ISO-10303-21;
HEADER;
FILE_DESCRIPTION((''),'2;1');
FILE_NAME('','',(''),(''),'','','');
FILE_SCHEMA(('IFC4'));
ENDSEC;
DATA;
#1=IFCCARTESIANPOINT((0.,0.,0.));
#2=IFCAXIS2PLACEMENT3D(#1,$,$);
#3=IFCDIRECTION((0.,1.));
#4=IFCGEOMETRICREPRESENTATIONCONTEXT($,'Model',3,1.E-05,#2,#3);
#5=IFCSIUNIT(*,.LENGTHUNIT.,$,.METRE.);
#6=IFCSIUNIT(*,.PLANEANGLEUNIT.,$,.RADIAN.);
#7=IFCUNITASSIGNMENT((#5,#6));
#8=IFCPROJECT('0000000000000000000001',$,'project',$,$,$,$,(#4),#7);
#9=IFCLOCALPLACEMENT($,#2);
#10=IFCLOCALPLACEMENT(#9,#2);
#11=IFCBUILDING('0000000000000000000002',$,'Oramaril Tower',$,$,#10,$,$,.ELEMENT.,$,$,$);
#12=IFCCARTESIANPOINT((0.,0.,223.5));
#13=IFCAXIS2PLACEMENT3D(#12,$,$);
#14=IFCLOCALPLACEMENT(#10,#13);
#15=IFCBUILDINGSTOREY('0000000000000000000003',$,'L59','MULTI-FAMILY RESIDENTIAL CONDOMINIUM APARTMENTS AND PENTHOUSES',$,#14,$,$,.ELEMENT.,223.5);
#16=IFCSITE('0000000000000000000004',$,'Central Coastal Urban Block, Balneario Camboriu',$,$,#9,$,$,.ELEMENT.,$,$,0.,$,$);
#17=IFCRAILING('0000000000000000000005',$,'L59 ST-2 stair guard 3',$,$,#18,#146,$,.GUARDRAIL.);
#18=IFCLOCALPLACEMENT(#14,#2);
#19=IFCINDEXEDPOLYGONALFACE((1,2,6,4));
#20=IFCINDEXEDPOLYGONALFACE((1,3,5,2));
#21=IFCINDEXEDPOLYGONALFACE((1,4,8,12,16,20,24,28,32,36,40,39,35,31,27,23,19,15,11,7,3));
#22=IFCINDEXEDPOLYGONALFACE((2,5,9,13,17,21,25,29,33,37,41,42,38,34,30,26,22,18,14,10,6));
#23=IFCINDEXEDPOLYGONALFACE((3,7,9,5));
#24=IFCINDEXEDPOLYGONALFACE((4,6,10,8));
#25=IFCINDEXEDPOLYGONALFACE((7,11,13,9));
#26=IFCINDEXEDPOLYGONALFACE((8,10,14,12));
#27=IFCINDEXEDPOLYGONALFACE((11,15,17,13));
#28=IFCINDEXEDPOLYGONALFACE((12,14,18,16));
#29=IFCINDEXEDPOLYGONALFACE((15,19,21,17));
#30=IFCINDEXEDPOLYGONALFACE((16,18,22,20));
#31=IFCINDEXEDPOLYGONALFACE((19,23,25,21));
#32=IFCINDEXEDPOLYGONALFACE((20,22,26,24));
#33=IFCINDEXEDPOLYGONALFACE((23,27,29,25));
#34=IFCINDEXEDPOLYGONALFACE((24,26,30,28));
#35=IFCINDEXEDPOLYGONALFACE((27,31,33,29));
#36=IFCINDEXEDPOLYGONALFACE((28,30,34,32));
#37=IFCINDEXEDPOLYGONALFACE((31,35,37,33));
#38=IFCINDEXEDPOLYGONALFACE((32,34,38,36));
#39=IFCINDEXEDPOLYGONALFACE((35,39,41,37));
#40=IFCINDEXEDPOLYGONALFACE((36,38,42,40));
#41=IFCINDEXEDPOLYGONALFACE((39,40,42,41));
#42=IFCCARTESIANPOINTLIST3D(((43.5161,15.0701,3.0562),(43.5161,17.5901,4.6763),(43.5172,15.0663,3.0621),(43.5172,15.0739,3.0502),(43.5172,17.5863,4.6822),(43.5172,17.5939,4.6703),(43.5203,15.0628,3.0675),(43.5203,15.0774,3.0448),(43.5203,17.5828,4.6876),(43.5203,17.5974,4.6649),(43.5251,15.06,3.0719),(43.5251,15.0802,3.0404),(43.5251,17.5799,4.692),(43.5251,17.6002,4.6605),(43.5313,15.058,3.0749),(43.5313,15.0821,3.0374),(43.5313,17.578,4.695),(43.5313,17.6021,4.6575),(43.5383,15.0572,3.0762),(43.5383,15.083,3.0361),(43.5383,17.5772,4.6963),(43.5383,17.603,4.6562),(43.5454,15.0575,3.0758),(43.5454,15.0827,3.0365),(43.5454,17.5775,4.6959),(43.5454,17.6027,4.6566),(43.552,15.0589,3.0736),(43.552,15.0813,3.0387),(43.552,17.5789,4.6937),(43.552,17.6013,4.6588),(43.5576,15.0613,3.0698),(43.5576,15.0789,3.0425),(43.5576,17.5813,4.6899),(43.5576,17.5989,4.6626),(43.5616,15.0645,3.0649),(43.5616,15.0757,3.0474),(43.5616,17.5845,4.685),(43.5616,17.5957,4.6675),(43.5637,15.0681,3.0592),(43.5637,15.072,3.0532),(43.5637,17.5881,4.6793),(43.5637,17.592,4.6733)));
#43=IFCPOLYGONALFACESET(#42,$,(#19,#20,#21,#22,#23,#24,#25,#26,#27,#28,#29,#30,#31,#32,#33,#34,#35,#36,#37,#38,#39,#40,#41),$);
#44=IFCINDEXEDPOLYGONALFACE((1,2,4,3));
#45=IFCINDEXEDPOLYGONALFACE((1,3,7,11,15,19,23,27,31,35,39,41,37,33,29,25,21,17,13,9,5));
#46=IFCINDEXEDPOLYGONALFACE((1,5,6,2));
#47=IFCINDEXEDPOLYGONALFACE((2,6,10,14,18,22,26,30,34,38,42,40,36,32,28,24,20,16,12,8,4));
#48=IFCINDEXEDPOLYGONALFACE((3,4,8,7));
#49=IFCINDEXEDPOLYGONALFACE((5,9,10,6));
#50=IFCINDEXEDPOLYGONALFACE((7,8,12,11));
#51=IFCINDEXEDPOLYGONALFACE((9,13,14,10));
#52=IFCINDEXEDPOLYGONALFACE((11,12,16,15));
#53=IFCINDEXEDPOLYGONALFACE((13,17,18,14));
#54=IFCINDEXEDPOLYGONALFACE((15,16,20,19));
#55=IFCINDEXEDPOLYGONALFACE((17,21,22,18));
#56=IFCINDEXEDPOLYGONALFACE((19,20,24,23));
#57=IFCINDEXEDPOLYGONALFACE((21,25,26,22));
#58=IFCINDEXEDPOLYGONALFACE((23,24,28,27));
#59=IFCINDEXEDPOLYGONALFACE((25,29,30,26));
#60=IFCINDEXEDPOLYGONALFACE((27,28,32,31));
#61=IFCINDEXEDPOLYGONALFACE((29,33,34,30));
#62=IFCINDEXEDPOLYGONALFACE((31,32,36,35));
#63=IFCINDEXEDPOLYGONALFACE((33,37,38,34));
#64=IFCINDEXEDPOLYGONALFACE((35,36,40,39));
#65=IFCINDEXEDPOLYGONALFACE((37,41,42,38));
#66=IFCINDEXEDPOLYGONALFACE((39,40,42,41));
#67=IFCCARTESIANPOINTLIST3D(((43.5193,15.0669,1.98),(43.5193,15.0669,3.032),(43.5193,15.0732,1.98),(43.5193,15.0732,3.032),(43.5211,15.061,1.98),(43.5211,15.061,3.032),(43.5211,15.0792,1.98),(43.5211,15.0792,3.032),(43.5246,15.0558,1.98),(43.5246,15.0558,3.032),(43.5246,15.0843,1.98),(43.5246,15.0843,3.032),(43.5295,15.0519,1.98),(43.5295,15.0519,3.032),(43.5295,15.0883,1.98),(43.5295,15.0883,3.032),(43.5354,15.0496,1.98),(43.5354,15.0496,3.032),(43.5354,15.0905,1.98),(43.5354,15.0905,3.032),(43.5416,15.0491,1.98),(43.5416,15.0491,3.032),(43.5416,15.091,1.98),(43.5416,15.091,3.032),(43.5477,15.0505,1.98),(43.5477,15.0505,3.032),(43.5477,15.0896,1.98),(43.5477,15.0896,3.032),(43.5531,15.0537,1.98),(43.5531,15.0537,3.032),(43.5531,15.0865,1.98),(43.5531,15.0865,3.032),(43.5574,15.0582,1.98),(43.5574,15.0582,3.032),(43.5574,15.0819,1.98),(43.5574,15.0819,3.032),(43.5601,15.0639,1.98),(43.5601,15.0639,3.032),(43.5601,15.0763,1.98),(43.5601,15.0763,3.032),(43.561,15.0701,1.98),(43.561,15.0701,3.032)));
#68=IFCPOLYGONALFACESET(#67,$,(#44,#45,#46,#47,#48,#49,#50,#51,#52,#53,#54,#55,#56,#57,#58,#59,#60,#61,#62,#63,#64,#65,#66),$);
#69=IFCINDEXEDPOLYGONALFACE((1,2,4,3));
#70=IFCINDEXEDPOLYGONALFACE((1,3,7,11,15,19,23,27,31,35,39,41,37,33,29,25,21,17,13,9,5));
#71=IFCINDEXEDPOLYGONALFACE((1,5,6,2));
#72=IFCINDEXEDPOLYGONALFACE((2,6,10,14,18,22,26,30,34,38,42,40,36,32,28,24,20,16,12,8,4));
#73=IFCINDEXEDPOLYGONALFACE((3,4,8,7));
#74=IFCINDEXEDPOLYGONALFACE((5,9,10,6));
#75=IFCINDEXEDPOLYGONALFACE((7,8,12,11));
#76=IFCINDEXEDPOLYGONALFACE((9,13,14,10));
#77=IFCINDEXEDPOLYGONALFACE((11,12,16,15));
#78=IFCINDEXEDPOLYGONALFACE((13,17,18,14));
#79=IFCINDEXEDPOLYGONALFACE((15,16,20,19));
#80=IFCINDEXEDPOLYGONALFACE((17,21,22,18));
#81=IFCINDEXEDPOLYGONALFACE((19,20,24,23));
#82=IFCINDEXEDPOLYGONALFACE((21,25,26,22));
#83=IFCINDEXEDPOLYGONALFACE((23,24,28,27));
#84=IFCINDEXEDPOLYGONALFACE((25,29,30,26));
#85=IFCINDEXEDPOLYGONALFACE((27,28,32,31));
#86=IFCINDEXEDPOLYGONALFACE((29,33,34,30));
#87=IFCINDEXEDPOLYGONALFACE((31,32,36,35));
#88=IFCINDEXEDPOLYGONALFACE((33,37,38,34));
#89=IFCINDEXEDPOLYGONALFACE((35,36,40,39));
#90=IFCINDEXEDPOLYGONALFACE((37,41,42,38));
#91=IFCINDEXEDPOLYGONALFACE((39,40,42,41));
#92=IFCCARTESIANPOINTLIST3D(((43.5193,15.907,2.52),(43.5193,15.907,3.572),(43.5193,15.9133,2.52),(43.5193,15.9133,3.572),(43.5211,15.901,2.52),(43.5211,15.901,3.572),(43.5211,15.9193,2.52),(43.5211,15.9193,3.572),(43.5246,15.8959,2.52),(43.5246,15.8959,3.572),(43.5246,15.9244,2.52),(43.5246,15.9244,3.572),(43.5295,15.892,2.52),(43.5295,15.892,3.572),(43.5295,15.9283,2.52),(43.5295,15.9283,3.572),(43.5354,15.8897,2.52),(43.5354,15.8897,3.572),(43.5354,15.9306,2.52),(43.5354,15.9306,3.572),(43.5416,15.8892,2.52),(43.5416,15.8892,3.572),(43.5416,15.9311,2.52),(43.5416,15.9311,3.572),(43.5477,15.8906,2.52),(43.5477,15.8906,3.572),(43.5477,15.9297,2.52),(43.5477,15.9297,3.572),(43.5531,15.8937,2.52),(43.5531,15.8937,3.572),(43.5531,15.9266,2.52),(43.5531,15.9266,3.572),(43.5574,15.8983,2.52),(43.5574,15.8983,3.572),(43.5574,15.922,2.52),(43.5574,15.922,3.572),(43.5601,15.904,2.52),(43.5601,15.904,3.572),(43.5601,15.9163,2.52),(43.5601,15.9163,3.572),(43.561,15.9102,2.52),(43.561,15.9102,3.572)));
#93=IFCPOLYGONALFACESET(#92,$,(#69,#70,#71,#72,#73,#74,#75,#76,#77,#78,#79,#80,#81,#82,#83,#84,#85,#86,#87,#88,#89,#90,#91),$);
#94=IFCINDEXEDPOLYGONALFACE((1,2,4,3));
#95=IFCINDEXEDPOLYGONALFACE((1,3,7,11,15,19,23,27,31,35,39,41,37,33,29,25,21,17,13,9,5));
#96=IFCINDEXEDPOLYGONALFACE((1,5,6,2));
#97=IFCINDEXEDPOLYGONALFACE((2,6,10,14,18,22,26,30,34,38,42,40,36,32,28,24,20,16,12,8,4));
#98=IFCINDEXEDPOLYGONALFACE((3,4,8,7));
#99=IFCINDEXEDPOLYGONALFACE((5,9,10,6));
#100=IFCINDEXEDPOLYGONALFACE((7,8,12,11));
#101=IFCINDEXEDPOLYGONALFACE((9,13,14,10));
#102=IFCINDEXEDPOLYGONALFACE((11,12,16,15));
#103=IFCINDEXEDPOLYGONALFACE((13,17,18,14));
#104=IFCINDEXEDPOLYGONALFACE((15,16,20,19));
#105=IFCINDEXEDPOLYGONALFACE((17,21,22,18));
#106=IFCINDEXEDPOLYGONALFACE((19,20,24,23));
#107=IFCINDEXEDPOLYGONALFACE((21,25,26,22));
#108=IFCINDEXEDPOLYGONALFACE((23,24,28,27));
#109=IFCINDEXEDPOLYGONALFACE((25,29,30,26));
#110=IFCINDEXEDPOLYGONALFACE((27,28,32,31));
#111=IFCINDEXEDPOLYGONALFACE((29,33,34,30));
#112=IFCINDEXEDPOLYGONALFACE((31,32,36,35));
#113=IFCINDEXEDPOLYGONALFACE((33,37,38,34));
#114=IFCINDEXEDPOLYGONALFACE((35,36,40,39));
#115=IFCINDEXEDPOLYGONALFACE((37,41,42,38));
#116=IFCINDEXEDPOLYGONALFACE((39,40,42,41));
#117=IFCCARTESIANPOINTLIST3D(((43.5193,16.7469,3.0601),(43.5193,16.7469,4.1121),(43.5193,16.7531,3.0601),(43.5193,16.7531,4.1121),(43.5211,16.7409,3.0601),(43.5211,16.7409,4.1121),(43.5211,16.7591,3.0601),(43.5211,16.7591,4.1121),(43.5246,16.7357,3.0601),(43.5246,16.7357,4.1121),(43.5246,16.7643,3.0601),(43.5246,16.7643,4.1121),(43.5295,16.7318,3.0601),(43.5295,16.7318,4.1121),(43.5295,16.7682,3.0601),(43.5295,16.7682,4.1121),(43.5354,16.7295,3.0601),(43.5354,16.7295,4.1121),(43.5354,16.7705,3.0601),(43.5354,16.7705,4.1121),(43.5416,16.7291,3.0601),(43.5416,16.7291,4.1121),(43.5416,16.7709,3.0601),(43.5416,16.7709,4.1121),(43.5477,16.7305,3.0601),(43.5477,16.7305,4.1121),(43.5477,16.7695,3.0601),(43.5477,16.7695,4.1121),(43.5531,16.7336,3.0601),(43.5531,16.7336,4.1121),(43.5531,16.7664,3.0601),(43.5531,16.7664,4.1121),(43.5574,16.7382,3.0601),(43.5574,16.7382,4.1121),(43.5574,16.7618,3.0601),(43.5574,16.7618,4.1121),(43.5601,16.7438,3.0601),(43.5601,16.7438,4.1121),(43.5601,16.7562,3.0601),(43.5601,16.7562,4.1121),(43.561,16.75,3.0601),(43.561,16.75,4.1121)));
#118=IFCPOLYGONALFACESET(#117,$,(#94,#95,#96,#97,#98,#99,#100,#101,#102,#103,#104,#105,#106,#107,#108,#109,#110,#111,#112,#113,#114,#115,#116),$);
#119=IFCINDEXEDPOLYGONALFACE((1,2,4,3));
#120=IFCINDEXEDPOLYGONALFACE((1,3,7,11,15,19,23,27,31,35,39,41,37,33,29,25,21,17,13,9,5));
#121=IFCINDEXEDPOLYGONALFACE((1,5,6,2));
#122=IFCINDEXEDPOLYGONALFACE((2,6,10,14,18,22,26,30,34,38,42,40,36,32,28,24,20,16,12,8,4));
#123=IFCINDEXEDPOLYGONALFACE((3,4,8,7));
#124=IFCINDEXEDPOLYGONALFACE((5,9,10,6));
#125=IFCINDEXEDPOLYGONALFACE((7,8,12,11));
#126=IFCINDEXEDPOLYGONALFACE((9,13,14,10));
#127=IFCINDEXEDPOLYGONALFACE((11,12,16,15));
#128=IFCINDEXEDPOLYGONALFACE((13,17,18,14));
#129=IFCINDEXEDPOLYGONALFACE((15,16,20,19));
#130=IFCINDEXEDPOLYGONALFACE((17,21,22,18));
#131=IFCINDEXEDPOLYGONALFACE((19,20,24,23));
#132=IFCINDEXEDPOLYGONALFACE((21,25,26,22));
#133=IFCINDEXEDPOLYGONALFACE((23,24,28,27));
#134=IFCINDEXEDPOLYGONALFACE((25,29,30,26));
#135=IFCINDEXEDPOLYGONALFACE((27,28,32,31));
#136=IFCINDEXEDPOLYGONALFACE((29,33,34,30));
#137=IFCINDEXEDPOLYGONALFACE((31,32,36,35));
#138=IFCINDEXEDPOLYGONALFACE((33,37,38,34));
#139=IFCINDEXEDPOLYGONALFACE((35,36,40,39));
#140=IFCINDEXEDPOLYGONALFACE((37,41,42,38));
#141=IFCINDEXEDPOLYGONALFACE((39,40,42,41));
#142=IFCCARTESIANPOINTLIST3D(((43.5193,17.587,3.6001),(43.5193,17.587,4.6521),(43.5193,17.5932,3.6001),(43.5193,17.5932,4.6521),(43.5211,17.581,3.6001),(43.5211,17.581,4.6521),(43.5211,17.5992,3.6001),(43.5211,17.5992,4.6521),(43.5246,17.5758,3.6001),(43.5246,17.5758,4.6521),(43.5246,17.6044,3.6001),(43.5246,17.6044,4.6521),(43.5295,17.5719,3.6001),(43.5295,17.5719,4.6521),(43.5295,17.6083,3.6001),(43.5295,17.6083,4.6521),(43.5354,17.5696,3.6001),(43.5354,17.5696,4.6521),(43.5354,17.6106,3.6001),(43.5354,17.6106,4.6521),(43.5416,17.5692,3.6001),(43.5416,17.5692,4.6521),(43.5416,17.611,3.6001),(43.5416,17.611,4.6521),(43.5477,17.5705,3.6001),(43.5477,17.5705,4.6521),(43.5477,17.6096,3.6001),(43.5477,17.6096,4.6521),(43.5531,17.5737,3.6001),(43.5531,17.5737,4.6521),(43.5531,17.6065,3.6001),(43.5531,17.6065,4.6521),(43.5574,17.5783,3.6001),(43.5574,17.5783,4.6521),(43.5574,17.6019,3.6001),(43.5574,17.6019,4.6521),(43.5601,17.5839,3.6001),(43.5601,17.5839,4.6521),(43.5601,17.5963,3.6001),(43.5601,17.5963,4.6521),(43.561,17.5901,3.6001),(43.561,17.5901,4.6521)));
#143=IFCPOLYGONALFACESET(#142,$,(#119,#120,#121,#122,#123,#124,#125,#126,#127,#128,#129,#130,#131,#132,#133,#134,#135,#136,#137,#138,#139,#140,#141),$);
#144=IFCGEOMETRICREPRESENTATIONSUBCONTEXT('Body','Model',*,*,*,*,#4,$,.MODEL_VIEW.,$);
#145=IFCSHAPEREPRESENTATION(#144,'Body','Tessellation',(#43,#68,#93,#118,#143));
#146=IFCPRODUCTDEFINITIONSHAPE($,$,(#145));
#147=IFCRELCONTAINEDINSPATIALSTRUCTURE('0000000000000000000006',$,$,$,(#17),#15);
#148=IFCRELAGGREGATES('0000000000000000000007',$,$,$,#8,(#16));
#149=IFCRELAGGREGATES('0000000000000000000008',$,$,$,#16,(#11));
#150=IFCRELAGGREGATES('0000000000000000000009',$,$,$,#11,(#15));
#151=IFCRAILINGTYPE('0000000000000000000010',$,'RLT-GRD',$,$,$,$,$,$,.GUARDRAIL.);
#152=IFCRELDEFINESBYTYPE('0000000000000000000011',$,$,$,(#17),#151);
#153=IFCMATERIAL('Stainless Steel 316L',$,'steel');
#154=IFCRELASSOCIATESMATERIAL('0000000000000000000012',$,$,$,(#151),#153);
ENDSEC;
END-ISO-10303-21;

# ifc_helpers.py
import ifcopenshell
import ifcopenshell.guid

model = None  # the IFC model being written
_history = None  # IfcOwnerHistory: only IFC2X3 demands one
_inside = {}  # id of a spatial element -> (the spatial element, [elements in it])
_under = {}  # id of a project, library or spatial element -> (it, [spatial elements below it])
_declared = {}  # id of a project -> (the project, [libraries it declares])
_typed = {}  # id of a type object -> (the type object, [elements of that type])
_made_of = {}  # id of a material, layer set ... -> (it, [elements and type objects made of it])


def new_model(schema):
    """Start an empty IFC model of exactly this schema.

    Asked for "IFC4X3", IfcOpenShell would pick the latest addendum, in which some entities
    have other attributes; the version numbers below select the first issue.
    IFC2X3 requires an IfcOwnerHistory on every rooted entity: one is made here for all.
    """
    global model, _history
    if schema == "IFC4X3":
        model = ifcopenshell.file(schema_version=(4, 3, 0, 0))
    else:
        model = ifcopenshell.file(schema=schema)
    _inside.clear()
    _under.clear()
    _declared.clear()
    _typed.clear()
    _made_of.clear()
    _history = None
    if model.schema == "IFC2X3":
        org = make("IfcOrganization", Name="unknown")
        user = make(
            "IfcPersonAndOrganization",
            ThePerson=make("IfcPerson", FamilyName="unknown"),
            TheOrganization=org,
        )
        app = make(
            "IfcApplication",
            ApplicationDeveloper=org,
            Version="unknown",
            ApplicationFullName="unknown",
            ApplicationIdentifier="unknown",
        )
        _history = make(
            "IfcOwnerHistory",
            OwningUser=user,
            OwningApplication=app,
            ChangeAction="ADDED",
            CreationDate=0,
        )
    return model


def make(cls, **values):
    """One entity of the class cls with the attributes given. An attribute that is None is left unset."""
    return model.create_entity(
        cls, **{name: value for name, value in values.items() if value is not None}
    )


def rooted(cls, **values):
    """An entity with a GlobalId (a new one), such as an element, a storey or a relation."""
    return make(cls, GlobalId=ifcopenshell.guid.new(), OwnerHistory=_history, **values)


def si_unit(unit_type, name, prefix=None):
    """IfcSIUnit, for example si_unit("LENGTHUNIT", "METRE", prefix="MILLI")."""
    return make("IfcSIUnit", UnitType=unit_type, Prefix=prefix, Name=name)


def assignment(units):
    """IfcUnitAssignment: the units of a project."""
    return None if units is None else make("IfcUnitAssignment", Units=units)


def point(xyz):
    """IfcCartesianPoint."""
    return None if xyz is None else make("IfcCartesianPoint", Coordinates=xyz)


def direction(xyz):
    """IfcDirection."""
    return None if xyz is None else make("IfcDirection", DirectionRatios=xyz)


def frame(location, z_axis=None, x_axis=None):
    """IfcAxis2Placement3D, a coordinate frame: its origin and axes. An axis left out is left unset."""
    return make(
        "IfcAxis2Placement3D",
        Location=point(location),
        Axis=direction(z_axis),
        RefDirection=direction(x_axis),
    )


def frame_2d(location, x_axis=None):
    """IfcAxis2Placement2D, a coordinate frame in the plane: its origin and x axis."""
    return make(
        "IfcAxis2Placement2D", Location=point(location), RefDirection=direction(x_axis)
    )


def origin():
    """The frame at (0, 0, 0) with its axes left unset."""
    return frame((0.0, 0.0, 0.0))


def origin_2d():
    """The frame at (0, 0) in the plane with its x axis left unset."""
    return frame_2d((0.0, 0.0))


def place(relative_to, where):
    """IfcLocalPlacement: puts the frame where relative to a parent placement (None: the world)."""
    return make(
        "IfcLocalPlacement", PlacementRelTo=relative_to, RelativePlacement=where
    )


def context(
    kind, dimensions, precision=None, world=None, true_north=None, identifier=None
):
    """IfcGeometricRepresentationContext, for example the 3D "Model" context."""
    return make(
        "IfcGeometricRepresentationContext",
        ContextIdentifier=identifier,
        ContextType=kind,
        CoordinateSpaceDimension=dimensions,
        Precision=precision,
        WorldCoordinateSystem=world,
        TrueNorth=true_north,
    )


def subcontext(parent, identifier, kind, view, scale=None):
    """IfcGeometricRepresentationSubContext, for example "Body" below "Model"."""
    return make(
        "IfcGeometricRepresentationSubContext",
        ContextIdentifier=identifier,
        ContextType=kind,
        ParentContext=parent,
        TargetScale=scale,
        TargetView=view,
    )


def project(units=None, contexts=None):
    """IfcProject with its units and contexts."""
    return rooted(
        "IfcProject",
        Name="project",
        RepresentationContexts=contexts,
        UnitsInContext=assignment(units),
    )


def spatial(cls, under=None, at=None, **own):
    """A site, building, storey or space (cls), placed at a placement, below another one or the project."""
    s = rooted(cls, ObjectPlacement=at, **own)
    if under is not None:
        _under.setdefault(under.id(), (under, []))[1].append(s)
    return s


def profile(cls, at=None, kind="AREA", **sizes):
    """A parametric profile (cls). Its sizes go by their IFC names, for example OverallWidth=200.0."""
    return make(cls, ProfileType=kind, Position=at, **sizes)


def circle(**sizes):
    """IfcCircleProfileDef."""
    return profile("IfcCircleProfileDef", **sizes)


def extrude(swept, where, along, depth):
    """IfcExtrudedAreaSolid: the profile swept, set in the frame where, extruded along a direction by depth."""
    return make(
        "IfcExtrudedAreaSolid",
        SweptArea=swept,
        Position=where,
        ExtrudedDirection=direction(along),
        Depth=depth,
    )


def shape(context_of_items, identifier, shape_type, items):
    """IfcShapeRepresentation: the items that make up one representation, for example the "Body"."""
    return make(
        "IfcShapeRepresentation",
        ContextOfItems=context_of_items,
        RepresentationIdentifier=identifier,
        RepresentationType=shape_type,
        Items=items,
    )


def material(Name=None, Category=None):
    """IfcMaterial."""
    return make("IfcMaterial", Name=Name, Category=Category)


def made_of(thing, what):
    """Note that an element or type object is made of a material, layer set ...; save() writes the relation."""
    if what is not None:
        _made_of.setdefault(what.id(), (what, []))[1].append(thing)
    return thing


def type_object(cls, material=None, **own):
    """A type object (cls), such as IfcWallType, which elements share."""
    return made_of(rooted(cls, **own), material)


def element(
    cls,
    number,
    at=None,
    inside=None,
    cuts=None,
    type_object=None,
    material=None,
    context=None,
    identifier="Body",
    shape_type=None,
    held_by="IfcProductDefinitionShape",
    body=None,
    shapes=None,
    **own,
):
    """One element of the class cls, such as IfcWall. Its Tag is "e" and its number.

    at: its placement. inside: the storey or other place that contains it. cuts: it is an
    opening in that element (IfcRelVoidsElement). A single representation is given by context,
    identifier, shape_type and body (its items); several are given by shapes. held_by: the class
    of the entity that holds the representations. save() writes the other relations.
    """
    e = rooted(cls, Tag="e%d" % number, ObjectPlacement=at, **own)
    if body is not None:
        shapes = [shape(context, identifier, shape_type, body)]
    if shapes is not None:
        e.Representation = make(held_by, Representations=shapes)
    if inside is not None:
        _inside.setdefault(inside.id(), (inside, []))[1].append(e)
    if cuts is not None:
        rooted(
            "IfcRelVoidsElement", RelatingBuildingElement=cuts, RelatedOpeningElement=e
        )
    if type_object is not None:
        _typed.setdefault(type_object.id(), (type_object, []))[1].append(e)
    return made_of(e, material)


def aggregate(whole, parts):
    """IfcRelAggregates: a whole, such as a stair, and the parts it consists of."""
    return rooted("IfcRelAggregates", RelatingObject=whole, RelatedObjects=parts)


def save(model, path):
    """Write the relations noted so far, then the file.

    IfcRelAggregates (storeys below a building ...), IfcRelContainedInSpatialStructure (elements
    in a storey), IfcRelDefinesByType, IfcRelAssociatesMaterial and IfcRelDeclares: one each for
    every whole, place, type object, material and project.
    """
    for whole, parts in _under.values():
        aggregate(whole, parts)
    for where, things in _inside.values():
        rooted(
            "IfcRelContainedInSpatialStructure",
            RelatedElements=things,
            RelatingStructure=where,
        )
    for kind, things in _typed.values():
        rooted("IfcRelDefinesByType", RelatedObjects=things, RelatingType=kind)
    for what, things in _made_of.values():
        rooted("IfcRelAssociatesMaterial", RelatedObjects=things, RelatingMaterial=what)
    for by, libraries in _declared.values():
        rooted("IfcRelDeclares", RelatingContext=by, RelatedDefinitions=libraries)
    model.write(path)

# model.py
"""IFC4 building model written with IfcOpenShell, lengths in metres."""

from ifc_helpers import new_model, si_unit, direction, frame, origin, origin_2d, place, context, subcontext, project, spatial, circle, extrude, material, type_object, element, save


model = new_model("IFC4")

# Units and contexts
model_context = context("Model", 3, precision=1e-05, world=origin(), true_north=direction((0.0, 1.0)))
body_context = subcontext(model_context, "Body", "Model", "MODEL_VIEW")
ifc_project = project(units=[si_unit("LENGTHUNIT", "METRE"), si_unit("PLANEANGLEUNIT", "RADIAN")], contexts=[model_context])

# Site, building, storey
site_placement = place(None, origin())
site = spatial("IfcSite", under=ifc_project, at=site_placement, Name="Central Coastal Urban Block, Balneario Camboriu", CompositionType="ELEMENT", RefElevation=0.0)
building_placement = place(site_placement, origin())
building = spatial("IfcBuilding", under=site, at=building_placement, Name="Oramaril Tower", CompositionType="ELEMENT")
storey_placement = place(building_placement, frame((0.0, 0.0, 223.5)))
storey = spatial("IfcBuildingStorey", under=building, at=storey_placement, Name="L59", Description="MULTI-FAMILY RESIDENTIAL CONDOMINIUM APARTMENTS AND PENTHOUSES", CompositionType="ELEMENT", Elevation=223.5)

# Railing
ifc_material_1 = material(Name="Stainless Steel 316L", Category="steel")
railing_type_1 = type_object("IfcRailingType", Name="RLT-GRD", PredefinedType="GUARDRAIL", material=ifc_material_1)
railing_1_placement = place(storey_placement, frame((43.54, 15.0701, 1.98)))
element("IfcRailing", 1, at=railing_1_placement, inside=storey, type_object=railing_type_1, Name="L59 ST-2 stair guard 3", PredefinedType="GUARDRAIL", context=body_context, shape_type="SweptSolid", body=[
    extrude(circle(Radius=0.0239, at=origin_2d()), frame((0.0, 0.0, 1.0762), z_axis=(0.0, 0.841163, 0.540782), x_axis=(-1.0, 0.0, 0.0)), (0.0, 0.0, 1.0), 2.9958),
    extrude(circle(Radius=0.021, at=origin_2d()), origin(), (0.0, 0.0, 1.0), 1.052),
    extrude(circle(Radius=0.021, at=origin_2d()), frame((0.0, 0.8401, 0.54)), (0.0, 0.0, 1.0), 1.052),
    extrude(circle(Radius=0.021, at=origin_2d()), frame((0.0, 1.6799, 1.0801)), (0.0, 0.0, 1.0), 1.052),
    extrude(circle(Radius=0.021, at=origin_2d()), frame((0.0, 2.52, 1.6201)), (0.0, 0.0, 1.0), 1.052),
])

save(model, "model.ifc")
